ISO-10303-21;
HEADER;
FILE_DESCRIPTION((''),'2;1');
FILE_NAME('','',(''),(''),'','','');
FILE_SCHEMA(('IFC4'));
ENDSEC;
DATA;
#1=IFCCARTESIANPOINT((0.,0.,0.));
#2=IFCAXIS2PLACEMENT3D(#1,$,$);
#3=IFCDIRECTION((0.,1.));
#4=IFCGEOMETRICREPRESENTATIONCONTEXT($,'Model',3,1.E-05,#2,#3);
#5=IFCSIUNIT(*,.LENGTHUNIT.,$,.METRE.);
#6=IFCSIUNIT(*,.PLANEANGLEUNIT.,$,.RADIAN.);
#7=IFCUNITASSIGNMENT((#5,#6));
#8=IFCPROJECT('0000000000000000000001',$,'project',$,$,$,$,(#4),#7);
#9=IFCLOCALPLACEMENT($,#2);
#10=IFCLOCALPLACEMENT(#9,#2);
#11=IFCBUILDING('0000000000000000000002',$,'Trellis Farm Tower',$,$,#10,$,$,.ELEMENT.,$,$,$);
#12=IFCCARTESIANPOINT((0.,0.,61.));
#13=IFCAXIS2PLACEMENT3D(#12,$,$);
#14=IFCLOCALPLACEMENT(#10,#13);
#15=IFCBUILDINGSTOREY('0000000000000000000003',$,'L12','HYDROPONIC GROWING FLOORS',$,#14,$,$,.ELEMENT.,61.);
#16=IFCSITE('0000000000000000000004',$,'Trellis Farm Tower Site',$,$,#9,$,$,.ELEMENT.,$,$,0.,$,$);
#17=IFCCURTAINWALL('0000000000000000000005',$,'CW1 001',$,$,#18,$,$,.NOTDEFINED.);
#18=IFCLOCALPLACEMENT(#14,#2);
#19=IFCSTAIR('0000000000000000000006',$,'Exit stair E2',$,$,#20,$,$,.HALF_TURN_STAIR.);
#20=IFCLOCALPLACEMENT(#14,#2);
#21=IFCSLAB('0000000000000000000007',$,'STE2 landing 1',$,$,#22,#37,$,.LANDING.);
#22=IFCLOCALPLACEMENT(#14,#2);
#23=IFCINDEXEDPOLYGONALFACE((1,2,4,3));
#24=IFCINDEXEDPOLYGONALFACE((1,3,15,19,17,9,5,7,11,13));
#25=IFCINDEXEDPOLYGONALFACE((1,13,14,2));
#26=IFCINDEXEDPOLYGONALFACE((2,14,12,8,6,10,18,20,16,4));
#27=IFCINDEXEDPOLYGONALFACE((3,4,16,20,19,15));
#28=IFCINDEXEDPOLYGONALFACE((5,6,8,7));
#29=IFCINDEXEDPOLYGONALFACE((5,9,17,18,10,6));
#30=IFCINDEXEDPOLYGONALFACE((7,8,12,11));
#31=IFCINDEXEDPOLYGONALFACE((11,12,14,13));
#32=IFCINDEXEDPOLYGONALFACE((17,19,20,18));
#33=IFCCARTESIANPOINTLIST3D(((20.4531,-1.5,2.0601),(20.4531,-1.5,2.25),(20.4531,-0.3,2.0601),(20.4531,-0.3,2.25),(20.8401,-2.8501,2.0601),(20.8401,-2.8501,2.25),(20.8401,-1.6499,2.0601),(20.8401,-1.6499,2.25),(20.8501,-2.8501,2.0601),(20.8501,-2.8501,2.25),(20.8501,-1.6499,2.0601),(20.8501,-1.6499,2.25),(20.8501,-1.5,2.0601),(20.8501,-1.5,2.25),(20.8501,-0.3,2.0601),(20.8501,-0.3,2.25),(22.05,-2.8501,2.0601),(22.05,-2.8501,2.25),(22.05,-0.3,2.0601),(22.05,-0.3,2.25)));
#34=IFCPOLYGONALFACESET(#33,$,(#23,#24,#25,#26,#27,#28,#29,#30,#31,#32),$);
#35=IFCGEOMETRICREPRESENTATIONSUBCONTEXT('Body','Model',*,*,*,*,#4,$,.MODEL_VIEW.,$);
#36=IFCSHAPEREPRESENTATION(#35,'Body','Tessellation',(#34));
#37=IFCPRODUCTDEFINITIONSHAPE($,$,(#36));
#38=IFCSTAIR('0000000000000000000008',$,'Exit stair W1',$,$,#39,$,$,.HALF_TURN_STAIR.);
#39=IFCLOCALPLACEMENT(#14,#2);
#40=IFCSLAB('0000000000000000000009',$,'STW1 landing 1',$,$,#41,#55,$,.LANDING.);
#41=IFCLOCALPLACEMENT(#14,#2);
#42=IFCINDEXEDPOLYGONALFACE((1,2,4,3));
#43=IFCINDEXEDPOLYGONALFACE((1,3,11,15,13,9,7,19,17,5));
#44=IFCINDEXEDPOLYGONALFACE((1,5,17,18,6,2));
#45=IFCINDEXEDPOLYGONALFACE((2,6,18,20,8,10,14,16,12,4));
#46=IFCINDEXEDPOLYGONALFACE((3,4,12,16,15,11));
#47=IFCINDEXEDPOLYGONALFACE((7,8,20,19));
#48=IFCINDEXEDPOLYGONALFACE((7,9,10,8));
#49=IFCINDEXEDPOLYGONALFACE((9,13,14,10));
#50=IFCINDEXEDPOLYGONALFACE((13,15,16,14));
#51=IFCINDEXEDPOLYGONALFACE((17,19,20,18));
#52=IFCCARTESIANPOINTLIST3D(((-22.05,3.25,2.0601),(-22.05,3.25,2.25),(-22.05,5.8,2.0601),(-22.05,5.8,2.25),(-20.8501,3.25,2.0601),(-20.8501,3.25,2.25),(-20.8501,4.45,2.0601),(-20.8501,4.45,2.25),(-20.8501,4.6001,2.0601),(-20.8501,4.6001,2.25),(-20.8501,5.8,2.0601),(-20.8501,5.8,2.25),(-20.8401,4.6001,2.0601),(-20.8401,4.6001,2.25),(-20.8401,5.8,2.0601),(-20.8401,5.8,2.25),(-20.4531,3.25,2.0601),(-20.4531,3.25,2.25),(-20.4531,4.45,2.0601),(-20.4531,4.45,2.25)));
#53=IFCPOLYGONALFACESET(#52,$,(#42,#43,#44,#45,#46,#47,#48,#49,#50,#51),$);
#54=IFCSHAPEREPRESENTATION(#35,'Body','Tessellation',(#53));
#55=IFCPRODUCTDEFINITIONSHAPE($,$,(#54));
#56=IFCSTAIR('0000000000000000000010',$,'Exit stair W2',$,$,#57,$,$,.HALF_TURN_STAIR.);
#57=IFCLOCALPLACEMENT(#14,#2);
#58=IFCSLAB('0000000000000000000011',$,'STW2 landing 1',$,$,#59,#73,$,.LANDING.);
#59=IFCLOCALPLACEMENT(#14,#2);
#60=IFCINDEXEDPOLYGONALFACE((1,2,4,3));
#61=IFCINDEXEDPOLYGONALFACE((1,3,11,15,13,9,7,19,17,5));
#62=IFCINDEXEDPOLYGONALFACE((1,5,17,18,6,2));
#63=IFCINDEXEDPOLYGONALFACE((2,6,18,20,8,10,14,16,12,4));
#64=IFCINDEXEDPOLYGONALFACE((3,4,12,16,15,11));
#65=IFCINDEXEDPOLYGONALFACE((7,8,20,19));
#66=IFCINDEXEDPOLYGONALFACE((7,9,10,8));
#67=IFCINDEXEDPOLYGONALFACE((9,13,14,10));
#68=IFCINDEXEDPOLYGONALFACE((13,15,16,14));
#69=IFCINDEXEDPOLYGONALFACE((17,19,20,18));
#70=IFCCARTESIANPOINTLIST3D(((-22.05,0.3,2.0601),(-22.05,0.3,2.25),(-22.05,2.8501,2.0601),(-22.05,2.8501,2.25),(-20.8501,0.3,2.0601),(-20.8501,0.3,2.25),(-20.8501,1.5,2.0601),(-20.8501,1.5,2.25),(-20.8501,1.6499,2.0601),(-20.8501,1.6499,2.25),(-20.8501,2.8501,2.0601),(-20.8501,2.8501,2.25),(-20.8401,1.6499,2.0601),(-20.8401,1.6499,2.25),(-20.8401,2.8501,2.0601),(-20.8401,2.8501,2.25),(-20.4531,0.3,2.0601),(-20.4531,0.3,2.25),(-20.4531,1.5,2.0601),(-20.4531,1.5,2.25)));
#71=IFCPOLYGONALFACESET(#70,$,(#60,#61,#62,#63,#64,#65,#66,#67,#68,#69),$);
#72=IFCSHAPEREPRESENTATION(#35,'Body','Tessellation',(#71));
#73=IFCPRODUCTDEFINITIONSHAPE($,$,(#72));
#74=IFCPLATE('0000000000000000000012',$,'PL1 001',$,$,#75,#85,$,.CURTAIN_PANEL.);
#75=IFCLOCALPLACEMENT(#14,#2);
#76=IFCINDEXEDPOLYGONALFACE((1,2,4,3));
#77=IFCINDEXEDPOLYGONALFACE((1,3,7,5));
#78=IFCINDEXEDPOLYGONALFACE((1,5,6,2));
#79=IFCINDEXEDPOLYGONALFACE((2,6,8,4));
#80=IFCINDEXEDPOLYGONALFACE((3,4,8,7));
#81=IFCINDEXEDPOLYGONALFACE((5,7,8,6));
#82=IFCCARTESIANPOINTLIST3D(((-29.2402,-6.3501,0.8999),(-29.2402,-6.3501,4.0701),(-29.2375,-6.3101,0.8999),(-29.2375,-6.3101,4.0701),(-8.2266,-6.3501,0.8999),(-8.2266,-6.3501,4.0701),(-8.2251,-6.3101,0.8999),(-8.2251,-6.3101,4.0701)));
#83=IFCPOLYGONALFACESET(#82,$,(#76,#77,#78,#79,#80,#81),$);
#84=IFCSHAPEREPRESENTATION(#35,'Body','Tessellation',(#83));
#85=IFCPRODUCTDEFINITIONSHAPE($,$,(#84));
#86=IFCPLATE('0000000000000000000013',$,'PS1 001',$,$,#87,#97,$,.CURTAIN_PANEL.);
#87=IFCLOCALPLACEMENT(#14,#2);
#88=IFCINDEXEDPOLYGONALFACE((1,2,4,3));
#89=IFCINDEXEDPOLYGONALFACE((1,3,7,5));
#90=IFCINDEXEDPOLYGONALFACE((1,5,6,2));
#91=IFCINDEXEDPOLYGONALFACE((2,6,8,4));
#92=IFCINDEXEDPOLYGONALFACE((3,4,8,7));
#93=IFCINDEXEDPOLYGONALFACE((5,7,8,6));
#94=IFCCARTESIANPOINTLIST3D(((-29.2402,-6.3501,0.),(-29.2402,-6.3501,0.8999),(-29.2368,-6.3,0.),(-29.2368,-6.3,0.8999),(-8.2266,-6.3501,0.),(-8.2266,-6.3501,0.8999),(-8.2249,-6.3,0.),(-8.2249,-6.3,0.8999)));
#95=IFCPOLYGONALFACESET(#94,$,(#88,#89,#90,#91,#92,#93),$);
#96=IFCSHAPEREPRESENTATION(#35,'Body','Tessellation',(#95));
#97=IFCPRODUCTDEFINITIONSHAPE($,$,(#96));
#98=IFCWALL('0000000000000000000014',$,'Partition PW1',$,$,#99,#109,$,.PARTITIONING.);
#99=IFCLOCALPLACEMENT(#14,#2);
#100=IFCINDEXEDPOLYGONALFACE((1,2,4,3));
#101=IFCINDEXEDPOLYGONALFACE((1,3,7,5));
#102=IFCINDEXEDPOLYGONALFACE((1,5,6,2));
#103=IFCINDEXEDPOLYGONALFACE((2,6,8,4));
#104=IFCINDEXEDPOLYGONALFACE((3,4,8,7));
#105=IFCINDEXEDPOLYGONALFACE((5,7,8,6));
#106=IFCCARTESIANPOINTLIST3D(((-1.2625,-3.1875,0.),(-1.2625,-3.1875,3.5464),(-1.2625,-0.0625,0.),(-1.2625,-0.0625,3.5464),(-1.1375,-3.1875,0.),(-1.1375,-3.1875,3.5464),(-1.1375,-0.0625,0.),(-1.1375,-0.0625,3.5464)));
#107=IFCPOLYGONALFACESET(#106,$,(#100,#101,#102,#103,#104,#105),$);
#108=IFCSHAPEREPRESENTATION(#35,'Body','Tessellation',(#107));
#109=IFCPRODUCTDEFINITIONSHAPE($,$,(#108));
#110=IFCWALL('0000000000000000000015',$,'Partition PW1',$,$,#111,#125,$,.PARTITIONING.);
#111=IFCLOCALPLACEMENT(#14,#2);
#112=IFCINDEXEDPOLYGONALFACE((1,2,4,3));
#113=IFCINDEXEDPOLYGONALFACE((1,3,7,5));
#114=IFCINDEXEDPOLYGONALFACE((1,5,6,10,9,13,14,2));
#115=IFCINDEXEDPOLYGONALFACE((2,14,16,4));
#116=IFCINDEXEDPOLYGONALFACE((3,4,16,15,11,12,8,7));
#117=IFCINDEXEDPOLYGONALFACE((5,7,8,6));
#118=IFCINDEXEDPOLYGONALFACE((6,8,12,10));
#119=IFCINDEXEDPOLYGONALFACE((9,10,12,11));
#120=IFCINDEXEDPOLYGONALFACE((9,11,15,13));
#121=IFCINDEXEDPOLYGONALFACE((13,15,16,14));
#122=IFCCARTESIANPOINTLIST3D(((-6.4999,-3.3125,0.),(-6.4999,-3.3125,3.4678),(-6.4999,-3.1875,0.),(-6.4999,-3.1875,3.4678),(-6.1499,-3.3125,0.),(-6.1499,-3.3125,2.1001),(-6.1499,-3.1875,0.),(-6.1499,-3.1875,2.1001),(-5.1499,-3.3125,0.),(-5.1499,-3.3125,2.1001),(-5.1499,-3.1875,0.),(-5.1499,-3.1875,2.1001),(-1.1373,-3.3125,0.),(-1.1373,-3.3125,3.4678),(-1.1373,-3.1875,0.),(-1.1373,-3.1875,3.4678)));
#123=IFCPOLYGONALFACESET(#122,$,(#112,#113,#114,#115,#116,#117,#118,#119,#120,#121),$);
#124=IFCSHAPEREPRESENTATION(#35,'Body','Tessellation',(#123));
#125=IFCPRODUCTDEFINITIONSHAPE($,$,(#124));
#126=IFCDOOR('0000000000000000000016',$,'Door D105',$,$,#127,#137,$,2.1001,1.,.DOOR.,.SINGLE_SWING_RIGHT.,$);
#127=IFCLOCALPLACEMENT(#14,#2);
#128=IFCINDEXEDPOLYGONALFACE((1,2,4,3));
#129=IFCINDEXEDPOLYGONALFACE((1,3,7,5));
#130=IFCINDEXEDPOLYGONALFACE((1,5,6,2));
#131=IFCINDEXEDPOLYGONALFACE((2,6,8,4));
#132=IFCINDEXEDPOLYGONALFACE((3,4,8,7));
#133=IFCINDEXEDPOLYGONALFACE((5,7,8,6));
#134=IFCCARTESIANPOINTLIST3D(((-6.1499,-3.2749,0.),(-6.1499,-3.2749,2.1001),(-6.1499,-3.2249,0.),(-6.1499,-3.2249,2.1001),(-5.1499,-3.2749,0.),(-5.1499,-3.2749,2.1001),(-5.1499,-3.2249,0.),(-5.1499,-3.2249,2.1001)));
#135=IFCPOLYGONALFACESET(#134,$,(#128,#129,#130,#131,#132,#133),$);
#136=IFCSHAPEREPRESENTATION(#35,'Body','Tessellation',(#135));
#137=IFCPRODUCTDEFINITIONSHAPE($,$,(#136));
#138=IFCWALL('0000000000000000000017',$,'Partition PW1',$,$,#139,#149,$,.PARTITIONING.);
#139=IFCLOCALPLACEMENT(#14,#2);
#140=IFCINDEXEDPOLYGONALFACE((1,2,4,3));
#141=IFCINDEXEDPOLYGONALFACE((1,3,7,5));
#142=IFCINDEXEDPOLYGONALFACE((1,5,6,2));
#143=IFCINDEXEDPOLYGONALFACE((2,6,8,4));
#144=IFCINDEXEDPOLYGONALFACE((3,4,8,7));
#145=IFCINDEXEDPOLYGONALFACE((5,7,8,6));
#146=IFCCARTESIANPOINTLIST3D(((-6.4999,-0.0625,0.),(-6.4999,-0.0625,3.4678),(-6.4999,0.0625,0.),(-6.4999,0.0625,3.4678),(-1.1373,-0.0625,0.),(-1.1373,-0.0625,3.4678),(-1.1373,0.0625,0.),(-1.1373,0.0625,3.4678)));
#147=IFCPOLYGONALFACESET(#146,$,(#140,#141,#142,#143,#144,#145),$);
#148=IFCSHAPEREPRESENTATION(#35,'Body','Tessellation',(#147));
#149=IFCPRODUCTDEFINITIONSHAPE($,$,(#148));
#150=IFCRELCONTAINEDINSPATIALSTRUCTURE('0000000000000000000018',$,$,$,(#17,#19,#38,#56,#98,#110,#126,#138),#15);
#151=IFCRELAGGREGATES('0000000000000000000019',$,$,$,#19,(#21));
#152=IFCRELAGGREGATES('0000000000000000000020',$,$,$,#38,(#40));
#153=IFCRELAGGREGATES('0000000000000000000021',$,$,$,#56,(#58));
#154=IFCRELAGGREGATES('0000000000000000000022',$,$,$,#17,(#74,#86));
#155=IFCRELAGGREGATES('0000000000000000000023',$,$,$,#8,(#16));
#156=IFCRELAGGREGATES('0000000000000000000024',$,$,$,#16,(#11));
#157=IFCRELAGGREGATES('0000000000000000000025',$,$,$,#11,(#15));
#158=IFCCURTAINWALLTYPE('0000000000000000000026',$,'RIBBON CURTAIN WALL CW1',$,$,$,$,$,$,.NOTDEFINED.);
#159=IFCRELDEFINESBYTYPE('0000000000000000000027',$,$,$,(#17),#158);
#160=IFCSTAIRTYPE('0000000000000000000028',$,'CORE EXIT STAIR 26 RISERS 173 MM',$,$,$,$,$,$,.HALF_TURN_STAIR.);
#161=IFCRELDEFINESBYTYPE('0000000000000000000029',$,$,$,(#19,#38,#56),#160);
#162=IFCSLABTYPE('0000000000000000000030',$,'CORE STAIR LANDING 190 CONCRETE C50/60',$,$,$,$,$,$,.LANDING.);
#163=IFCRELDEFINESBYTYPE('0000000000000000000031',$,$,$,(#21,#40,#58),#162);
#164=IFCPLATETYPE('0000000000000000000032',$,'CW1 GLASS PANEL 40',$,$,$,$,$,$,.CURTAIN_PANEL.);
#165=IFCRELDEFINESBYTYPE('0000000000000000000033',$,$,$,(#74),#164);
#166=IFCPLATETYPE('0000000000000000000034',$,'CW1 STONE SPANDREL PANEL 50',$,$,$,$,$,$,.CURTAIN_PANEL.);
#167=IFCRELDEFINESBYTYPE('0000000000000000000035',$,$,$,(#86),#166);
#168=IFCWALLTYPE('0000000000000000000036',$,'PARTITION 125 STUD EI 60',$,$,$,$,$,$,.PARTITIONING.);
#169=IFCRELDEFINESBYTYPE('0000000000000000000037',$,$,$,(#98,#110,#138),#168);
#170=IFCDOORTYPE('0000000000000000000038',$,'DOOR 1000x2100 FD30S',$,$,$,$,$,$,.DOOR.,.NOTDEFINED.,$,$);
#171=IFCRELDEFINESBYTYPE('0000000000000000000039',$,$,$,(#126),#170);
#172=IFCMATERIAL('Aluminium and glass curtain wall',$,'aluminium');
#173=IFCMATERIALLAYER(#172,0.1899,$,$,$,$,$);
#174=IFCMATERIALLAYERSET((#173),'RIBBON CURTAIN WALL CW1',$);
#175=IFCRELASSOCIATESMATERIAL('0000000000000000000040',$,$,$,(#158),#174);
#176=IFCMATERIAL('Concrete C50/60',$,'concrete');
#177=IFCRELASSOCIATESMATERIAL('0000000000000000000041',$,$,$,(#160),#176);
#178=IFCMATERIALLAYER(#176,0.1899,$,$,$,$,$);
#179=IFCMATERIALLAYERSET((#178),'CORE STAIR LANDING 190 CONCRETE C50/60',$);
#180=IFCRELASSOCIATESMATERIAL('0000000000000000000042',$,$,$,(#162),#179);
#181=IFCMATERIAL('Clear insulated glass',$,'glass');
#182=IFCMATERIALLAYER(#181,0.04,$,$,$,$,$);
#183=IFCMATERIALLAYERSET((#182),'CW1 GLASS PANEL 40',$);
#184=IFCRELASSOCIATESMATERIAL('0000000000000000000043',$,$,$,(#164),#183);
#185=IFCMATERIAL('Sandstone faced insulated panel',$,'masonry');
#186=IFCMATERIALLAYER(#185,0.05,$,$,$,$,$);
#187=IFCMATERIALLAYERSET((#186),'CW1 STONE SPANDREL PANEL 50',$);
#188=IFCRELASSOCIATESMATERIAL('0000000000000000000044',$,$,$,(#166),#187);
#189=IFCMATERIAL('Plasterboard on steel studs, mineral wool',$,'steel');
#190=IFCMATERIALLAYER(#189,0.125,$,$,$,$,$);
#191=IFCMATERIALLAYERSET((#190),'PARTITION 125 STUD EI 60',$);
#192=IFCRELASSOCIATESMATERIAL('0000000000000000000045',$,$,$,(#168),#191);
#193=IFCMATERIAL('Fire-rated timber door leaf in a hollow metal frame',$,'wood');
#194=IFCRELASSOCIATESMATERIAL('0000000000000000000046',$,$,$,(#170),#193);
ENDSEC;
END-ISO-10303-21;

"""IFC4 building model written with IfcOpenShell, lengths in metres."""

from ifc_helpers import new_model, si_unit, direction, frame, frame_2d, origin, place, context, subcontext, project, spatial, polyline, rectangle, outline, extrude, source, transform, mapped, material, layer, layer_set, type_object, element, fill, aggregate, save


model = new_model("IFC4")

# Units and contexts
model_context = context("Model", 3, precision=1e-05, world=origin(), true_north=direction((0.0, 1.0)))
body_context = subcontext(model_context, "Body", "Model", "MODEL_VIEW")
ifc_project = project(units=[si_unit("LENGTHUNIT", "METRE"), si_unit("PLANEANGLEUNIT", "RADIAN")], contexts=[model_context])

# Site, building, storey
site_placement = place(None, origin())
site = spatial("IfcSite", under=ifc_project, at=site_placement, Name="Trellis Farm Tower Site", CompositionType="ELEMENT", RefElevation=0.0)
building_placement = place(site_placement, origin())
building = spatial("IfcBuilding", under=site, at=building_placement, Name="Trellis Farm Tower", CompositionType="ELEMENT")
storey_placement = place(building_placement, frame((0.0, 0.0, 61.0)))
storey = spatial("IfcBuildingStorey", under=building, at=storey_placement, Name="L12", Description="HYDROPONIC GROWING FLOORS", CompositionType="ELEMENT", Elevation=61.0)

# Curtain wall
ifc_material_1 = material(Name="Aluminium and glass curtain wall", Category="aluminium")
ifc_layer_1 = layer(ifc_material_1, 0.1899)
ifc_layer_set_1 = layer_set([ifc_layer_1], Name="RIBBON CURTAIN WALL CW1")
curtain_wall_type = type_object("IfcCurtainWallType", Name="RIBBON CURTAIN WALL CW1", PredefinedType="NOTDEFINED", material=ifc_layer_set_1)
placement_1 = place(storey_placement, origin())
curtain_wall = element("IfcCurtainWall", 1, at=placement_1, inside=storey, type_object=curtain_wall_type, Name="CW1 001", PredefinedType="NOTDEFINED")

# Stairs, slabs
ifc_material_2 = material(Name="Concrete C50/60", Category="concrete")
stair_type = type_object("IfcStairType", Name="CORE EXIT STAIR 26 RISERS 173 MM", PredefinedType="HALF_TURN_STAIR", material=ifc_material_2)
ifc_layer_2 = layer(ifc_material_2, 0.1899)
ifc_layer_set_2 = layer_set([ifc_layer_2], Name="CORE STAIR LANDING 190 CONCRETE C50/60")
slab_type_1 = type_object("IfcSlabType", Name="CORE STAIR LANDING 190 CONCRETE C50/60", PredefinedType="LANDING", material=ifc_layer_set_2)
placement_2 = place(storey_placement, frame((0.0, 0.0, 2.0601)))
stair_1 = element("IfcStair", 2, at=placement_1, inside=storey, type_object=stair_type, Name="Exit stair E2", PredefinedType="HALF_TURN_STAIR")
shared_shape_1 = source(origin(), body_context, "Body", "SweptSolid", [
    extrude(outline(polyline([(20.8401, -2.8501), (20.8401, -1.6499), (20.8501, -1.6499), (20.8501, -1.5), (20.4531, -1.5), (20.4531, -0.3), (20.8501, -0.3), (22.05, -0.3), (22.05, -2.8501), (20.8501, -2.8501), (20.8401, -2.8501)])), origin(), (0.0, 0.0, 1.0), 0.1899),
])
slab_1 = element("IfcSlab", 3, at=placement_2, type_object=slab_type_1, Name="STE2 landing 1", PredefinedType="LANDING", context=body_context, shape_type="MappedRepresentation", body=[
    mapped(shared_shape_1, transform((0.0, 0.0, 0.0))),
])
aggregate(stair_1, [slab_1])
stair_2 = element("IfcStair", 4, at=placement_1, inside=storey, type_object=stair_type, Name="Exit stair W1", PredefinedType="HALF_TURN_STAIR")
shared_shape_2 = source(origin(), body_context, "Body", "SweptSolid", [
    extrude(outline(polyline([(-20.4531, 4.45), (-20.4531, 3.25), (-20.8501, 3.25), (-22.05, 3.25), (-22.05, 5.8), (-20.8501, 5.8), (-20.8401, 5.8), (-20.8401, 4.6001), (-20.8501, 4.6001), (-20.8501, 4.45), (-20.4531, 4.45)])), origin(), (0.0, 0.0, 1.0), 0.1899),
])
slab_2 = element("IfcSlab", 5, at=placement_2, type_object=slab_type_1, Name="STW1 landing 1", PredefinedType="LANDING", context=body_context, shape_type="MappedRepresentation", body=[
    mapped(shared_shape_2, transform((0.0, 0.0, 0.0))),
])
aggregate(stair_2, [slab_2])
stair_3 = element("IfcStair", 6, at=placement_1, inside=storey, type_object=stair_type, Name="Exit stair W2", PredefinedType="HALF_TURN_STAIR")
shared_shape_3 = source(origin(), body_context, "Body", "SweptSolid", [
    extrude(outline(polyline([(-20.4531, 1.5), (-20.4531, 0.3), (-20.8501, 0.3), (-22.05, 0.3), (-22.05, 2.8501), (-20.8501, 2.8501), (-20.8401, 2.8501), (-20.8401, 1.6499), (-20.8501, 1.6499), (-20.8501, 1.5), (-20.4531, 1.5)])), origin(), (0.0, 0.0, 1.0), 0.1899),
])
slab_3 = element("IfcSlab", 7, at=placement_2, type_object=slab_type_1, Name="STW2 landing 1", PredefinedType="LANDING", context=body_context, shape_type="MappedRepresentation", body=[
    mapped(shared_shape_3, transform((0.0, 0.0, 0.0))),
])
aggregate(stair_3, [slab_3])

# Plates
ifc_material_3 = material(Name="Clear insulated glass", Category="glass")
ifc_layer_3 = layer(ifc_material_3, 0.04)
ifc_layer_set_3 = layer_set([ifc_layer_3], Name="CW1 GLASS PANEL 40")
plate_type_1 = type_object("IfcPlateType", Name="CW1 GLASS PANEL 40", PredefinedType="CURTAIN_PANEL", material=ifc_layer_set_3)
shared_shape_4 = source(origin(), body_context, "Body", "SweptSolid", [
    extrude(outline(polyline([(-29.2402, -6.3501), (-8.2266, -6.3501), (-8.2251, -6.3101), (-29.2375, -6.3101), (-29.2402, -6.3501)])), origin(), (0.0, 0.0, 1.0), 3.1702),
])
plate_1_placement = place(storey_placement, frame((0.0, 0.0, 0.8999)))
plate_1 = element("IfcPlate", 8, at=plate_1_placement, type_object=plate_type_1, Name="PL1 001", PredefinedType="CURTAIN_PANEL", context=body_context, shape_type="MappedRepresentation", body=[
    mapped(shared_shape_4, transform((0.0, 0.0, 0.0))),
])
ifc_material_4 = material(Name="Sandstone faced insulated panel", Category="masonry")
ifc_layer_4 = layer(ifc_material_4, 0.05)
ifc_layer_set_4 = layer_set([ifc_layer_4], Name="CW1 STONE SPANDREL PANEL 50")
plate_type_2 = type_object("IfcPlateType", Name="CW1 STONE SPANDREL PANEL 50", PredefinedType="CURTAIN_PANEL", material=ifc_layer_set_4)
shared_shape_5 = source(origin(), body_context, "Body", "SweptSolid", [
    extrude(outline(polyline([(-29.2402, -6.3501), (-8.2266, -6.3501), (-8.2249, -6.3), (-29.2368, -6.3), (-29.2402, -6.3501)])), origin(), (0.0, 0.0, 1.0), 0.8999),
])
plate_2 = element("IfcPlate", 9, at=placement_1, type_object=plate_type_2, Name="PS1 001", PredefinedType="CURTAIN_PANEL", context=body_context, shape_type="MappedRepresentation", body=[
    mapped(shared_shape_5, transform((0.0, 0.0, 0.0))),
])
aggregate(curtain_wall, [plate_1, plate_2])

# Wall
ifc_material_5 = material(Name="Plasterboard on steel studs, mineral wool", Category="steel")
ifc_layer_5 = layer(ifc_material_5, 0.125)
ifc_layer_set_5 = layer_set([ifc_layer_5], Name="PARTITION 125 STUD EI 60")
wall_type = type_object("IfcWallType", Name="PARTITION 125 STUD EI 60", PredefinedType="PARTITIONING", material=ifc_layer_set_5)
shared_shape_6 = source(origin(), body_context, "Body", "SweptSolid", [
    extrude(rectangle(XDim=3.125, YDim=0.125, at=frame_2d((1.5625, 0.0))), origin(), (0.0, 0.0, 1.0), 3.5464),
])
wall_1_placement = place(storey_placement, frame((-1.2, -0.0625, 0.0), z_axis=(0.0, 0.0, 1.0), x_axis=(0.0, -1.0, 0.0)))
element("IfcWall", 10, at=wall_1_placement, inside=storey, type_object=wall_type, Name="Partition PW1", PredefinedType="PARTITIONING", context=body_context, shape_type="MappedRepresentation", body=[
    mapped(shared_shape_6, transform((0.0, 0.0, 0.0))),
])

# Wall, opening, door
shared_shape_7 = source(origin(), body_context, "Body", "SweptSolid", [
    extrude(rectangle(XDim=5.3625, YDim=0.125, at=frame_2d((2.6812, 0.0))), origin(), (0.0, 0.0, 1.0), 3.4678),
])
wall_2_placement = place(storey_placement, frame((-1.1375, -3.25, 0.0), z_axis=(0.0, 0.0, 1.0), x_axis=(-1.0, 0.0, 0.0)))
wall_2 = element("IfcWall", 11, at=wall_2_placement, inside=storey, type_object=wall_type, Name="Partition PW1", PredefinedType="PARTITIONING", context=body_context, shape_type="MappedRepresentation", body=[
    mapped(shared_shape_7, transform((0.0, 0.0, 0.0))),
])
shared_shape_8 = source(origin(), body_context, "Body", "SweptSolid", [
    extrude(rectangle(XDim=1.0, YDim=2.1001, at=frame_2d((0.5, 1.05))), frame((0.0, 0.0725, 0.0), z_axis=(0.0, -1.0, 0.0), x_axis=(1.0, 0.0, 0.0)), (0.0, 0.0, 1.0), 0.145),
])
opening_placement = place(wall_2_placement, frame((4.0125, 0.0, 0.0)))
opening = element("IfcOpeningElement", 12, at=opening_placement, cuts=wall_2, PredefinedType="OPENING", context=body_context, shape_type="MappedRepresentation", body=[
    mapped(shared_shape_8, transform((0.0, 0.0, 0.0))),
])
ifc_material_6 = material(Name="Fire-rated timber door leaf in a hollow metal frame", Category="wood")
door_type = type_object("IfcDoorType", Name="DOOR 1000x2100 FD30S", OperationType="NOTDEFINED", PredefinedType="DOOR", material=ifc_material_6)
shared_shape_9 = source(origin(), body_context, "Body", "SweptSolid", [
    extrude(rectangle(XDim=1.0, YDim=2.1001, at=frame_2d((0.5, 1.05))), frame((0.0, 0.0249, 0.0), z_axis=(0.0, -1.0, 0.0), x_axis=(1.0, 0.0, 0.0)), (0.0, 0.0, 1.0), 0.05),
])
door_placement = place(opening_placement, origin())
door = element("IfcDoor", 13, at=door_placement, inside=storey, type_object=door_type, Name="Door D105", OperationType="SINGLE_SWING_RIGHT", OverallHeight=2.1001, OverallWidth=1.0, PredefinedType="DOOR", context=body_context, shape_type="MappedRepresentation", body=[
    mapped(shared_shape_9, transform((0.0, 0.0, 0.0))),
])
fill(opening, door)

# Wall
wall_3_placement = place(storey_placement, frame((-1.1375, 0.0, 0.0), z_axis=(0.0, 0.0, 1.0), x_axis=(-1.0, 0.0, 0.0)))
element("IfcWall", 14, at=wall_3_placement, inside=storey, type_object=wall_type, Name="Partition PW1", PredefinedType="PARTITIONING", context=body_context, shape_type="MappedRepresentation", body=[
    mapped(shared_shape_7, transform((0.0, 0.0, 0.0))),
])

save(model, "model.ifc")
